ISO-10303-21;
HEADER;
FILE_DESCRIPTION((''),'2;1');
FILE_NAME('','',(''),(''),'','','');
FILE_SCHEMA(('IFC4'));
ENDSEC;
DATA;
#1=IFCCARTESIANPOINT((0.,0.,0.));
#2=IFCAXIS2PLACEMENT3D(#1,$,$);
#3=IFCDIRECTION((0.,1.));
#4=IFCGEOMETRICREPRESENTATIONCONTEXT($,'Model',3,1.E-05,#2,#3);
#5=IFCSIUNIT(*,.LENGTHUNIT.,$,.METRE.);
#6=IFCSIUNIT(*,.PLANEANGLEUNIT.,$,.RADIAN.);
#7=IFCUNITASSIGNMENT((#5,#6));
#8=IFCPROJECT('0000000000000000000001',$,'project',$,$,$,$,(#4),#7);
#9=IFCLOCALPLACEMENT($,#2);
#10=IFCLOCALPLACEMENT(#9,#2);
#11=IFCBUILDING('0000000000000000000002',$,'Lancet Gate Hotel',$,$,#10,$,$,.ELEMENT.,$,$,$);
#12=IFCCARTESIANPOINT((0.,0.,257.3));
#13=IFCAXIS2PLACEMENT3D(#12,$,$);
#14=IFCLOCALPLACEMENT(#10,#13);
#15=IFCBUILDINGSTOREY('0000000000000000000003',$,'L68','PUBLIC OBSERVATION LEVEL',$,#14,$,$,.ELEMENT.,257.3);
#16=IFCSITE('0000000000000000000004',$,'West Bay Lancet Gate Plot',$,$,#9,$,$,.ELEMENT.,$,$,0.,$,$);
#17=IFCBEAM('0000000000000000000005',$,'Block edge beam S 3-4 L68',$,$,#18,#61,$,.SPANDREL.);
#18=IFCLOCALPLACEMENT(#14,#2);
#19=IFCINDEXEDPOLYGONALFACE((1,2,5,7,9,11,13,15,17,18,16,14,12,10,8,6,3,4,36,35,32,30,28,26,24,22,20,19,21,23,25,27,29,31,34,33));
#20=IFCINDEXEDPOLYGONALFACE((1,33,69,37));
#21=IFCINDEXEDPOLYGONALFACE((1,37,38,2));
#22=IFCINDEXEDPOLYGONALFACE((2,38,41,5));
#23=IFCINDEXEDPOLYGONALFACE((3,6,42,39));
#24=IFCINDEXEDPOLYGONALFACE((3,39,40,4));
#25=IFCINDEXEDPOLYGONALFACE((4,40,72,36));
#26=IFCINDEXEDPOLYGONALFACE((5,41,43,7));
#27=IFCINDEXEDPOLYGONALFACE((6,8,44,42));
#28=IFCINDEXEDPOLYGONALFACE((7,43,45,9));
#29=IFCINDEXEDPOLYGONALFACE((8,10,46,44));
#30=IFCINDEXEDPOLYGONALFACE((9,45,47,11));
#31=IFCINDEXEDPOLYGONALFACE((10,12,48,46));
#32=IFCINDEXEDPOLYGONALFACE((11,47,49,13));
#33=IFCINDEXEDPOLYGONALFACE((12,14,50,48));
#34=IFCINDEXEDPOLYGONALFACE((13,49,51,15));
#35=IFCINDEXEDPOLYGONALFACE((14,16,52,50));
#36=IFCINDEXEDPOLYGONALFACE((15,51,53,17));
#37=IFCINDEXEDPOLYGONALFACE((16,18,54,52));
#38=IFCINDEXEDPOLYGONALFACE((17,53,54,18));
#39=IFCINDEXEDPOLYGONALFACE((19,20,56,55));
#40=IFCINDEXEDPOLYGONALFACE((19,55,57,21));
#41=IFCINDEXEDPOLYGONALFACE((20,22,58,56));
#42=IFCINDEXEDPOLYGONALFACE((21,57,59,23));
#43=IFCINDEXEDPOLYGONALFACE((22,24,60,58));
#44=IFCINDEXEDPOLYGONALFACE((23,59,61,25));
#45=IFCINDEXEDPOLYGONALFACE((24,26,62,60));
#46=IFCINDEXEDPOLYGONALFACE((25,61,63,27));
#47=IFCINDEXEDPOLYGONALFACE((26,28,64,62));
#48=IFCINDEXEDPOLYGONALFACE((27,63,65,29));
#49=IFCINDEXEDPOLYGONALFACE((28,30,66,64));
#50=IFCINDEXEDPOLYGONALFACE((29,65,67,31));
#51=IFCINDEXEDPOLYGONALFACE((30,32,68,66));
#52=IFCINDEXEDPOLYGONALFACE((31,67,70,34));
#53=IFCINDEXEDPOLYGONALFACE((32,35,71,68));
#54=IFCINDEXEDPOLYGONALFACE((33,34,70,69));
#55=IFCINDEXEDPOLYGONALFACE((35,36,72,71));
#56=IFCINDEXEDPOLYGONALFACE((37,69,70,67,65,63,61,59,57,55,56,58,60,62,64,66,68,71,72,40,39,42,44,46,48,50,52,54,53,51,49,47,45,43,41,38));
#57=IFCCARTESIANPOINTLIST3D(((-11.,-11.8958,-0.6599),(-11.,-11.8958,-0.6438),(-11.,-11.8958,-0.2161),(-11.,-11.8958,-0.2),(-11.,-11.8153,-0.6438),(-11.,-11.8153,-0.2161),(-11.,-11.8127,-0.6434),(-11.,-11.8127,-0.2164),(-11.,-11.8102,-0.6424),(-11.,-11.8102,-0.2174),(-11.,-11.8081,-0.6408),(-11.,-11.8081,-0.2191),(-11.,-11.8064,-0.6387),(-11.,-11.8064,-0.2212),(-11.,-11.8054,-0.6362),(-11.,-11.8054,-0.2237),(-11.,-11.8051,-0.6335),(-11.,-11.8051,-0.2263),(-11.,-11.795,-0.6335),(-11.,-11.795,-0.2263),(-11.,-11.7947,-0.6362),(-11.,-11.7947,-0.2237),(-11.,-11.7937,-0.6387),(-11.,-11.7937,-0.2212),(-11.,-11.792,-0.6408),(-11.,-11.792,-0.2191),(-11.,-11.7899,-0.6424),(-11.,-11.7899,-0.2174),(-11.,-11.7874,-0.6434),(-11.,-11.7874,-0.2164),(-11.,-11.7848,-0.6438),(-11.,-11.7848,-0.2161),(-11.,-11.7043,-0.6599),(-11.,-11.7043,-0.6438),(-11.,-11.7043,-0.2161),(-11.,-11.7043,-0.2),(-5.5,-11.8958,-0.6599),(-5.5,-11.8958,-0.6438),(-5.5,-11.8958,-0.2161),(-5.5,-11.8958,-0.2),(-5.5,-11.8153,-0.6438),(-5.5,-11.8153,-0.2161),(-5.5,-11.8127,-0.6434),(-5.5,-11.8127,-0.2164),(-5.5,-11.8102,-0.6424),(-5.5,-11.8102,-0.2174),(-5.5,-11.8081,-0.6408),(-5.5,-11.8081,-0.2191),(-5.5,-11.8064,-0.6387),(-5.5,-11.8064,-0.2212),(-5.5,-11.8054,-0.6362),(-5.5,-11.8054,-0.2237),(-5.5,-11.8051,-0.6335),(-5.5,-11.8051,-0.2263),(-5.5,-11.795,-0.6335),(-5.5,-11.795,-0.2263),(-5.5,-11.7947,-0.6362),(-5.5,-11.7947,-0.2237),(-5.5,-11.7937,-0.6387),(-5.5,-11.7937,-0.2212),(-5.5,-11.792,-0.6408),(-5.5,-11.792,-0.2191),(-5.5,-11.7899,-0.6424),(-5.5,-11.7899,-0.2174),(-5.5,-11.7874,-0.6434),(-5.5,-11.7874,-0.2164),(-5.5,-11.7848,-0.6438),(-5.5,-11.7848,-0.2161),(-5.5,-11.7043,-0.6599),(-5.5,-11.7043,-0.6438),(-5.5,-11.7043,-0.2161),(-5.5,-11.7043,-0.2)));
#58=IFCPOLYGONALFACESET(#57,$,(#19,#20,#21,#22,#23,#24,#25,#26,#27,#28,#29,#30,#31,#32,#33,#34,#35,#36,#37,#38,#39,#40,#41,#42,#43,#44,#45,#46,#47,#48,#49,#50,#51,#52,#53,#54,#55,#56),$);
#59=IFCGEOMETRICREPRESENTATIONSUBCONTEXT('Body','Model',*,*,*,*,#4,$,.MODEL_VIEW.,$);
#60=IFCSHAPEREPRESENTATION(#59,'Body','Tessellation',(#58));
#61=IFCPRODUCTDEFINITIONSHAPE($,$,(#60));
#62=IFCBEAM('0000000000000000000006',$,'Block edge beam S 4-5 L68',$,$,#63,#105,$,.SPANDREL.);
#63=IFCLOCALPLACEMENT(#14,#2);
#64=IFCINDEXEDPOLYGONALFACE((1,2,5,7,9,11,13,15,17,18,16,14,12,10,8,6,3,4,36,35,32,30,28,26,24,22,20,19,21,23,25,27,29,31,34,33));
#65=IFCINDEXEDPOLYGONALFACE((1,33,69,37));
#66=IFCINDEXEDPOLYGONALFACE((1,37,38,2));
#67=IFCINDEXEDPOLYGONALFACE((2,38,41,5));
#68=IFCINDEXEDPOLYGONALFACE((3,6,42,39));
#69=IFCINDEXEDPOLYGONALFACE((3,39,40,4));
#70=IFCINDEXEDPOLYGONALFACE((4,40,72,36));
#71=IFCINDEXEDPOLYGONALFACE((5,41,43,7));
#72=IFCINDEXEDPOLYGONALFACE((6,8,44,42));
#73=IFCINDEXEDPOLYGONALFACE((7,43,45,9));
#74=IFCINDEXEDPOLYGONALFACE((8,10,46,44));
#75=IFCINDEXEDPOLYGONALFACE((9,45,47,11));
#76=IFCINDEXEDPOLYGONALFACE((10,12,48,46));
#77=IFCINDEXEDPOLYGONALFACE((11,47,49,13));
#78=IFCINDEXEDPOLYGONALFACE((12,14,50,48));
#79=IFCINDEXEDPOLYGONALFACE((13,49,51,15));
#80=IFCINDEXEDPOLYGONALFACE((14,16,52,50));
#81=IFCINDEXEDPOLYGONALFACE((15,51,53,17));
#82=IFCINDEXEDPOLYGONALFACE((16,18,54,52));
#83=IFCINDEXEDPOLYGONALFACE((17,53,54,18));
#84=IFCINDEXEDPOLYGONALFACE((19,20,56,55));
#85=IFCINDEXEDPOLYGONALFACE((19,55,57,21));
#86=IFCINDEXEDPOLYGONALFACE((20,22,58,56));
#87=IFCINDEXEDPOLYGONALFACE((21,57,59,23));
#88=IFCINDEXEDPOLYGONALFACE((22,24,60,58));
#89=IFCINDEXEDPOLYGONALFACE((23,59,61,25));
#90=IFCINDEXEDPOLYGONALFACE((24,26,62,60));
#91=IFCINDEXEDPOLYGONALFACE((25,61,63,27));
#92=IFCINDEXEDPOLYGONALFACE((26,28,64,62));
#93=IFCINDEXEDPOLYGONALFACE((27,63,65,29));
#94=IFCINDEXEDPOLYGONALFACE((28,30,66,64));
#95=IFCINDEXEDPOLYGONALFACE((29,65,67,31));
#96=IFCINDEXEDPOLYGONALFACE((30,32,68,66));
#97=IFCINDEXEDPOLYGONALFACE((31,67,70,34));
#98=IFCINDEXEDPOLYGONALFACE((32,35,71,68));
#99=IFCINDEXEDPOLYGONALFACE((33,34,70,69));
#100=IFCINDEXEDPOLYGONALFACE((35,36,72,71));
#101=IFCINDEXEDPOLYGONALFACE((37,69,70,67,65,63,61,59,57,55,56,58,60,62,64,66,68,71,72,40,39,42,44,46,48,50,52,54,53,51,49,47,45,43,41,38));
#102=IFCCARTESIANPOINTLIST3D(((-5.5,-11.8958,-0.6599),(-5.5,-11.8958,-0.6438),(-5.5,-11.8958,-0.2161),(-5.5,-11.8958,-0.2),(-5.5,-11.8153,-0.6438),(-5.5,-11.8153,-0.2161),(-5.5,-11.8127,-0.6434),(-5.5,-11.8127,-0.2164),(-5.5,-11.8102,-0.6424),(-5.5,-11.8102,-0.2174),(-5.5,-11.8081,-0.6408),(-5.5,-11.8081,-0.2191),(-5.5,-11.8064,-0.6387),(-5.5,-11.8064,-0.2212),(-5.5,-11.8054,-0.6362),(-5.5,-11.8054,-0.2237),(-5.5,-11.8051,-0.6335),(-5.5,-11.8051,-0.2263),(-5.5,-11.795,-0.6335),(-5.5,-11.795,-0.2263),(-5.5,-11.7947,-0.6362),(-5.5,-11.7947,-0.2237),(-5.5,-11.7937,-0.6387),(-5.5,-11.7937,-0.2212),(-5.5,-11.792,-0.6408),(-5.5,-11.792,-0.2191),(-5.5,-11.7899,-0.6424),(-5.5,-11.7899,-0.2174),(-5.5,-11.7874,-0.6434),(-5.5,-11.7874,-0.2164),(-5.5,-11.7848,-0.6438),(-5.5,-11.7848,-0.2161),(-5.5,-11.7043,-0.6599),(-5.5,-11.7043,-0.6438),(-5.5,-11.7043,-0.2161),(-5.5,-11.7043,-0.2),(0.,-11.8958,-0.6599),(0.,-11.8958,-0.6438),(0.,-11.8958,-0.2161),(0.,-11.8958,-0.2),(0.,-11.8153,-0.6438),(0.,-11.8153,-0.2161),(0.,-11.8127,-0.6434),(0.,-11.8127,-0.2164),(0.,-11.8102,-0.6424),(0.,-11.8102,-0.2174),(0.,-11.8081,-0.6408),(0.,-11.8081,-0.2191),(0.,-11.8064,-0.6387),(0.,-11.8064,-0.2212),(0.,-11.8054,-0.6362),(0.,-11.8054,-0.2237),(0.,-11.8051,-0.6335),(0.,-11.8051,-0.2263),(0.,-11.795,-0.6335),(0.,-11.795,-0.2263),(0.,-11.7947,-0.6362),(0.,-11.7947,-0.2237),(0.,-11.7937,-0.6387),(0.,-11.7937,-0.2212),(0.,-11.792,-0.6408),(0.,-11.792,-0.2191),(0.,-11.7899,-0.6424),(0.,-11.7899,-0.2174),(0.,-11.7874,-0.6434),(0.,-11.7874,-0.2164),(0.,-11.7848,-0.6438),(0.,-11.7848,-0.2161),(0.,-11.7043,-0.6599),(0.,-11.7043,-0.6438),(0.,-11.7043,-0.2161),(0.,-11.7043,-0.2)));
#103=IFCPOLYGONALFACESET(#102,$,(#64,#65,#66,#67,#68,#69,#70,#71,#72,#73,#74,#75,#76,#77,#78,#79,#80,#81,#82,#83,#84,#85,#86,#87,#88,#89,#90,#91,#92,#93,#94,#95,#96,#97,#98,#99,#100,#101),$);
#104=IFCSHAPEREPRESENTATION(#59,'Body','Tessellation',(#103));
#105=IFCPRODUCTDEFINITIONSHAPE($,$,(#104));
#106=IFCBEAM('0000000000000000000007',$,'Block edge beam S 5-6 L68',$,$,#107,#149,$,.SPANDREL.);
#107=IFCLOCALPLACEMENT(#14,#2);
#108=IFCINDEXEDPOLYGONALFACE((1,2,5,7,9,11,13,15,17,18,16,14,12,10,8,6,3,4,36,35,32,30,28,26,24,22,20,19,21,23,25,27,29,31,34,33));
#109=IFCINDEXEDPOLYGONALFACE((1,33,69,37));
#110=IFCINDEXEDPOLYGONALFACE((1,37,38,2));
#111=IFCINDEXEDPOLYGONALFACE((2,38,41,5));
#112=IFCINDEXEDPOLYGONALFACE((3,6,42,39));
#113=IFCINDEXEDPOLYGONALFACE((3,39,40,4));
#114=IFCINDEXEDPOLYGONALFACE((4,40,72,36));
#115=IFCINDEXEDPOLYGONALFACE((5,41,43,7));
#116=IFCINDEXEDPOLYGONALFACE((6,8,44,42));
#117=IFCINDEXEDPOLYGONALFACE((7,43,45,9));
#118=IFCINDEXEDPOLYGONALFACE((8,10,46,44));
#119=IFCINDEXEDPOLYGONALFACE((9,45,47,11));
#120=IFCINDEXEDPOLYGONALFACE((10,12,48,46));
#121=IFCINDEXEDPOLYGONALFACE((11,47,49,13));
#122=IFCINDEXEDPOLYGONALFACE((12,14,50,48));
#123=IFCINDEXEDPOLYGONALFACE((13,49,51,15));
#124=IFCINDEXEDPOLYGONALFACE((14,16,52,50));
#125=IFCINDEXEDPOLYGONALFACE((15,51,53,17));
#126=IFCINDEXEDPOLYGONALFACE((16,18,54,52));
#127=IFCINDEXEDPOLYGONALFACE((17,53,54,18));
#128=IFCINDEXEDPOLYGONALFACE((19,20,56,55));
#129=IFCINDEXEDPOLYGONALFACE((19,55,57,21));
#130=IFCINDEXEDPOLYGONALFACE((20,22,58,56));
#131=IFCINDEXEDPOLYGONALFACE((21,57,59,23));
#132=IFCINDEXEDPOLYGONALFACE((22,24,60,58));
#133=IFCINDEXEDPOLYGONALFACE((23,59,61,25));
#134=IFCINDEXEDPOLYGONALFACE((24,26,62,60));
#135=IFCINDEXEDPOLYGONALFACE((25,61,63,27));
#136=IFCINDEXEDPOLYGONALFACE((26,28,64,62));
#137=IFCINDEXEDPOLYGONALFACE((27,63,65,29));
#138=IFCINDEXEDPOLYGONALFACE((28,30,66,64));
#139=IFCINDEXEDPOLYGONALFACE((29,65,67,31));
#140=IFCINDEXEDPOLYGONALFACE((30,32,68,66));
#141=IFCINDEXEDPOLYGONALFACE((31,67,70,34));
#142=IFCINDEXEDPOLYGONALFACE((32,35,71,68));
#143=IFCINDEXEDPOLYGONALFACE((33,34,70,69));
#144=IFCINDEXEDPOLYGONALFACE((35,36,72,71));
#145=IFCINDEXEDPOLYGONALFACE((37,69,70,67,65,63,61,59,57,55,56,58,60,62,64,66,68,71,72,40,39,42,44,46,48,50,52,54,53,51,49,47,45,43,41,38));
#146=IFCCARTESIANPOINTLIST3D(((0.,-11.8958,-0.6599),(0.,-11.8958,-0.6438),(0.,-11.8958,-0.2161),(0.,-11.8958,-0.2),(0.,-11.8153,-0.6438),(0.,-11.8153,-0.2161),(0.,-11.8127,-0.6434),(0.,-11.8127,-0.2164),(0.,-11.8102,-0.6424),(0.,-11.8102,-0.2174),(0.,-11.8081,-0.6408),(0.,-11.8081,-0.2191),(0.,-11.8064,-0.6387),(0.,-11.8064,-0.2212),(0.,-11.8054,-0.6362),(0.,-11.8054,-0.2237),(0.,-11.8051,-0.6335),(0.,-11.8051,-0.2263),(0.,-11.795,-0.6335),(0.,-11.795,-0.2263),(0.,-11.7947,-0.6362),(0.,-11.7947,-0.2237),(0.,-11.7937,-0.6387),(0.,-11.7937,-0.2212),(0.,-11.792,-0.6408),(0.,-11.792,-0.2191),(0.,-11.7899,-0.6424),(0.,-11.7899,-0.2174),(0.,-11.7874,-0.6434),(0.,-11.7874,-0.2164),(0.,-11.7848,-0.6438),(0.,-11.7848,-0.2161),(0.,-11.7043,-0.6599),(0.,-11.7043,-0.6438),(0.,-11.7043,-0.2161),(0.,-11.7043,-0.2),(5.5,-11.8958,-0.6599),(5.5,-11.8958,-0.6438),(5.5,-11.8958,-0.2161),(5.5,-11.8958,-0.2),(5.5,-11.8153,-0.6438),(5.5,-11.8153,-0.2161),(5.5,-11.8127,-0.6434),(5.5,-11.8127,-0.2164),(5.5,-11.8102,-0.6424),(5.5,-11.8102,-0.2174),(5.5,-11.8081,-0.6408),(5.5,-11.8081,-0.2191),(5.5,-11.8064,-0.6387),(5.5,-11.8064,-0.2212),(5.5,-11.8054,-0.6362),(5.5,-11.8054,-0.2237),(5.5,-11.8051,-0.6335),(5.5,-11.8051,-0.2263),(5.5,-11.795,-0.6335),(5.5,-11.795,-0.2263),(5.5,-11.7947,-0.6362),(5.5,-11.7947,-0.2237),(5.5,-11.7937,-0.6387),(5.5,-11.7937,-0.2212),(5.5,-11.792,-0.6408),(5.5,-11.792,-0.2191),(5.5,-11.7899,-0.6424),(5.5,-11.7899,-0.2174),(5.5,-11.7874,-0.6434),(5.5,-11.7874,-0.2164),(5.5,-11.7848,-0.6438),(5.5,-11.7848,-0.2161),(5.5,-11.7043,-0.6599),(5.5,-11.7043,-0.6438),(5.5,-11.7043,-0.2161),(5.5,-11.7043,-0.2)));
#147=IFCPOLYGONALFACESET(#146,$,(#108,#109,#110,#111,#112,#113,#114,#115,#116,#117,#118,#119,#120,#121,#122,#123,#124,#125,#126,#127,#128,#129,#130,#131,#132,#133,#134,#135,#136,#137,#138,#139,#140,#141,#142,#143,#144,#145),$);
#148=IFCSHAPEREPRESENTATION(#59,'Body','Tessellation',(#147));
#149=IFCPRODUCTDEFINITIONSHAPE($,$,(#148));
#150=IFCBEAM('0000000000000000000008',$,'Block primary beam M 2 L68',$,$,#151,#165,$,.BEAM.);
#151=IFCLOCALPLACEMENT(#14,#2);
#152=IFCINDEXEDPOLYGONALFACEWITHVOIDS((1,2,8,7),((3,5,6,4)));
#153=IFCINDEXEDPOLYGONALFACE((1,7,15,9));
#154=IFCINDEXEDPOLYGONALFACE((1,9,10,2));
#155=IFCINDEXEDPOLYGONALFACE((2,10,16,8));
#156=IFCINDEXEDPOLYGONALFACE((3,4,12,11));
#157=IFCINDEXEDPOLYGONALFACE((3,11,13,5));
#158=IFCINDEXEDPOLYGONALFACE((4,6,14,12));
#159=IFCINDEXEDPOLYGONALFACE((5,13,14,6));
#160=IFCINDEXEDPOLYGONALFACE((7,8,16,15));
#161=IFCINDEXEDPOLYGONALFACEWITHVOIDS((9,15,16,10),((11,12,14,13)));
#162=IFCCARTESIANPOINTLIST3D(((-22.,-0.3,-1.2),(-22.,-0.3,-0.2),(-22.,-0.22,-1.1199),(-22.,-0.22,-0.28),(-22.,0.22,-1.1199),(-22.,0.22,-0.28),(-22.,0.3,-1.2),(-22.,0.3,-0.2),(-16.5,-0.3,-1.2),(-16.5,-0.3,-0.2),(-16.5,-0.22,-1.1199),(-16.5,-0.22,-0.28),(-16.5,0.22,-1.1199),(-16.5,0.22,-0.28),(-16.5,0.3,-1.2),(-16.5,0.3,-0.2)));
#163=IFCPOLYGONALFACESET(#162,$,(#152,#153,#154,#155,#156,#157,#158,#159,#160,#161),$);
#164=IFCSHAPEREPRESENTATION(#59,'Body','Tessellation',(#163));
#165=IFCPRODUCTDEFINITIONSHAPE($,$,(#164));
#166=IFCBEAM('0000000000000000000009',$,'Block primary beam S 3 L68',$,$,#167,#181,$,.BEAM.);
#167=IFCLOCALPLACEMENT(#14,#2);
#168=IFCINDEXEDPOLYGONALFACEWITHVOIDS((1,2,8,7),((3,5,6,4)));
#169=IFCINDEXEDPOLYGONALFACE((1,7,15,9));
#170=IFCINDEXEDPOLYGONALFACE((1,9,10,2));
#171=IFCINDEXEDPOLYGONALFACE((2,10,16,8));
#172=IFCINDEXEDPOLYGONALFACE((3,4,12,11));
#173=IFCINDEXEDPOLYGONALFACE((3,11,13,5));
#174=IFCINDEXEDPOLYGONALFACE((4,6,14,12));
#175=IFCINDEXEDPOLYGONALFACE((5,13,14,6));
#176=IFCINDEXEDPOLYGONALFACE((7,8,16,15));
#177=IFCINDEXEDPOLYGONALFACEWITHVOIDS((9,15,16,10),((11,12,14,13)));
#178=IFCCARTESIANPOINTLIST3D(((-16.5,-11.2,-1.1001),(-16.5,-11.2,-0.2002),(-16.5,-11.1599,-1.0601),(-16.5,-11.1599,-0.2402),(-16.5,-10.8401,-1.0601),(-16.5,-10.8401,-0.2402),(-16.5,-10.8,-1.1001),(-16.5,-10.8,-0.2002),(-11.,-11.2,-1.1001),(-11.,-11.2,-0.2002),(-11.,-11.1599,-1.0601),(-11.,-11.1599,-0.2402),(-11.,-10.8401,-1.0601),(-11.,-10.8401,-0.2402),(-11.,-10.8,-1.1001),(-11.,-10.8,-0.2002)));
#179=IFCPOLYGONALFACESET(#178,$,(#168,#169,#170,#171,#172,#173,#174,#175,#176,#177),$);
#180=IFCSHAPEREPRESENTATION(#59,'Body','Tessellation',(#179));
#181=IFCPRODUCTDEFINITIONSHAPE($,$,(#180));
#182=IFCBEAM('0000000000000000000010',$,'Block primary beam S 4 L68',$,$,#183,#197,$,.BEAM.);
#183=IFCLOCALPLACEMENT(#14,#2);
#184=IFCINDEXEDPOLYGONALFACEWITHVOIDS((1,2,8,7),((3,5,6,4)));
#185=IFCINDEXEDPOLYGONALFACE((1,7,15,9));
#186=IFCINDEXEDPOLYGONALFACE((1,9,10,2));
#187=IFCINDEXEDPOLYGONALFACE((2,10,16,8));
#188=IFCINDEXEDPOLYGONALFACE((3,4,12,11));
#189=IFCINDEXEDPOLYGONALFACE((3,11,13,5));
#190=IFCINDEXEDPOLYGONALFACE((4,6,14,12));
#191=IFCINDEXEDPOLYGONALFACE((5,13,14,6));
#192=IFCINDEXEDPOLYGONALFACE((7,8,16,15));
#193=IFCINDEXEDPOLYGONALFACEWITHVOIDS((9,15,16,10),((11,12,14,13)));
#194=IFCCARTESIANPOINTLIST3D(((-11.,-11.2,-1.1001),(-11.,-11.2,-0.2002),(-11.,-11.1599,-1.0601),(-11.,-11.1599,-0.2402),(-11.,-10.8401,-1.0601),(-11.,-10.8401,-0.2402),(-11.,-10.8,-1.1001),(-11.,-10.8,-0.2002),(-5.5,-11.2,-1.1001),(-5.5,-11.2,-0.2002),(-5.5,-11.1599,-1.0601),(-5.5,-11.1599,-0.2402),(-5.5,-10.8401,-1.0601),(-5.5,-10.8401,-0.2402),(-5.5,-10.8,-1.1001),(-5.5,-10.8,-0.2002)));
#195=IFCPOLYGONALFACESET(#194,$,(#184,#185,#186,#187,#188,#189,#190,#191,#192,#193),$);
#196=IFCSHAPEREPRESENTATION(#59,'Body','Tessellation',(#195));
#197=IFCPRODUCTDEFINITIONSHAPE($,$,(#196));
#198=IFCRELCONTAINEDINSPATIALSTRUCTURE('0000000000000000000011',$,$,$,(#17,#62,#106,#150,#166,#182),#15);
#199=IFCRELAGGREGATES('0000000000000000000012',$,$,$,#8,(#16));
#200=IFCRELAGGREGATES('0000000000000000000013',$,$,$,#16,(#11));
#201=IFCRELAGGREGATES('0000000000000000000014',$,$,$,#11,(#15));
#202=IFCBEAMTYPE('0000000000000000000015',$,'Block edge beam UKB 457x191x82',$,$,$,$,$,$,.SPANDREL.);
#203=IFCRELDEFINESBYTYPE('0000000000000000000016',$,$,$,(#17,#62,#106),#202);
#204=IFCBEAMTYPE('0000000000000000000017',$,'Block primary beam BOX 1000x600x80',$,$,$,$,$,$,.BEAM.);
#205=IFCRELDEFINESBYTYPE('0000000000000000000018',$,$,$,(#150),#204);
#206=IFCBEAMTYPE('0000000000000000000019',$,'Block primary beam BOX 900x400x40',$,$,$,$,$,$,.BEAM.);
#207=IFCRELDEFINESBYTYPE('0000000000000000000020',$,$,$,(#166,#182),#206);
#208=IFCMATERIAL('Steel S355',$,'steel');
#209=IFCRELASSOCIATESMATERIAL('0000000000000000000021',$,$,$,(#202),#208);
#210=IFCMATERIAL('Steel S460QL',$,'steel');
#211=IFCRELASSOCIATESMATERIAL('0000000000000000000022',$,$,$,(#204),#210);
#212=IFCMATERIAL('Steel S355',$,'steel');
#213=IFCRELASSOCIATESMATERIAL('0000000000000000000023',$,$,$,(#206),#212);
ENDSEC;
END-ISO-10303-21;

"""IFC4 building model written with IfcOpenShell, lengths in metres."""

from ifc_helpers import new_model, si_unit, direction, frame, origin, origin_2d, place, context, subcontext, project, spatial, hollow_rectangle, i_section, extrude, material, material_profile, profile_set, type_object, element, save


model = new_model("IFC4")

# Units and contexts
model_context = context("Model", 3, precision=1e-05, world=origin(), true_north=direction((0.0, 1.0)))
body_context = subcontext(model_context, "Body", "Model", "MODEL_VIEW")
ifc_project = project(units=[si_unit("LENGTHUNIT", "METRE"), si_unit("PLANEANGLEUNIT", "RADIAN")], contexts=[model_context])

# Site, building, storey
site_placement = place(None, origin())
site = spatial("IfcSite", under=ifc_project, at=site_placement, Name="West Bay Lancet Gate Plot", CompositionType="ELEMENT", RefElevation=0.0)
building_placement = place(site_placement, origin())
building = spatial("IfcBuilding", under=site, at=building_placement, Name="Lancet Gate Hotel", CompositionType="ELEMENT")
storey_placement = place(building_placement, frame((0.0, 0.0, 257.3)))
storey = spatial("IfcBuildingStorey", under=building, at=storey_placement, Name="L68", Description="PUBLIC OBSERVATION LEVEL", CompositionType="ELEMENT", Elevation=257.3)

# Beams
ifc_material_1 = material(Name="Steel S355", Category="steel")
ifc_material_profile_1 = material_profile(ifc_material_1, i_section(OverallWidth=0.1914, OverallDepth=0.46, WebThickness=0.01, FlangeThickness=0.0161, FilletRadius=0.0103, at=origin_2d()), Name="UKB 457x191x82")
ifc_profile_set_1 = profile_set([ifc_material_profile_1], Name="Steel S355")
beam_type_1 = type_object("IfcBeamType", Name="Block edge beam UKB 457x191x82", PredefinedType="SPANDREL", material=ifc_profile_set_1)
for number, where, z_axis, x_axis, name in (
    (1, (-11.0, -11.8, -0.4299), (1.0, 0.0, 0.0), (0.0, 1.0, 0.0), "Block edge beam S 3-4 L68"),
    (2, (-5.5, -11.8, -0.4299), (1.0, 0.0, 0.0), (0.0, 1.0, 0.0), "Block edge beam S 4-5 L68"),
    (3, (0.0, -11.8, -0.4299), (1.0, 0.0, 0.0), (0.0, 1.0, 0.0), "Block edge beam S 5-6 L68"),
):
    element("IfcBeam", number, at=place(storey_placement, frame(where, z_axis=z_axis, x_axis=x_axis)), inside=storey, type_object=beam_type_1, Name=name, PredefinedType="SPANDREL", context=body_context, shape_type="SweptSolid", body=[
        extrude(i_section(OverallWidth=0.1914, OverallDepth=0.46, WebThickness=0.01, FlangeThickness=0.0161, FilletRadius=0.0103, at=origin_2d()), origin(), (0.0, 0.0, 1.0), 5.5),
    ])
ifc_material_2 = material(Name="Steel S460QL", Category="steel")
ifc_material_profile_2 = material_profile(ifc_material_2, hollow_rectangle(XDim=0.6001, YDim=1.0, WallThickness=0.0801, at=origin_2d()), Name="BOX 1000x600x80")
ifc_profile_set_2 = profile_set([ifc_material_profile_2], Name="Steel S460QL")
beam_type_2 = type_object("IfcBeamType", Name="Block primary beam BOX 1000x600x80", PredefinedType="BEAM", material=ifc_profile_set_2)
beam_placement = place(storey_placement, frame((-22.0, 0.0, -0.7), z_axis=(1.0, 0.0, 0.0), x_axis=(0.0, 1.0, 0.0)))
element("IfcBeam", 4, at=beam_placement, inside=storey, type_object=beam_type_2, Name="Block primary beam M 2 L68", PredefinedType="BEAM", context=body_context, shape_type="SweptSolid", body=[
    extrude(hollow_rectangle(XDim=0.6001, YDim=1.0, WallThickness=0.0801, at=origin_2d()), origin(), (0.0, 0.0, 1.0), 5.5),
])
ifc_material_3 = material(Name="Steel S355", Category="steel")
ifc_material_profile_3 = material_profile(ifc_material_3, hollow_rectangle(XDim=0.3999, YDim=0.8999, WallThickness=0.04, at=origin_2d()), Name="BOX 900x400x40")
ifc_profile_set_3 = profile_set([ifc_material_profile_3], Name="Steel S355")
beam_type_3 = type_object("IfcBeamType", Name="Block primary beam BOX 900x400x40", PredefinedType="BEAM", material=ifc_profile_set_3)
for number, where, z_axis, x_axis, name in (
    (5, (-16.5, -11.0, -0.6501), (1.0, 0.0, 0.0), (0.0, 1.0, 0.0), "Block primary beam S 3 L68"),
    (6, (-11.0, -11.0, -0.6501), (1.0, 0.0, 0.0), (0.0, 1.0, 0.0), "Block primary beam S 4 L68"),
):
    element("IfcBeam", number, at=place(storey_placement, frame(where, z_axis=z_axis, x_axis=x_axis)), inside=storey, type_object=beam_type_3, Name=name, PredefinedType="BEAM", context=body_context, shape_type="SweptSolid", body=[
        extrude(hollow_rectangle(XDim=0.3999, YDim=0.8999, WallThickness=0.04, at=origin_2d()), origin(), (0.0, 0.0, 1.0), 5.5),
    ])

save(model, "model.ifc")
